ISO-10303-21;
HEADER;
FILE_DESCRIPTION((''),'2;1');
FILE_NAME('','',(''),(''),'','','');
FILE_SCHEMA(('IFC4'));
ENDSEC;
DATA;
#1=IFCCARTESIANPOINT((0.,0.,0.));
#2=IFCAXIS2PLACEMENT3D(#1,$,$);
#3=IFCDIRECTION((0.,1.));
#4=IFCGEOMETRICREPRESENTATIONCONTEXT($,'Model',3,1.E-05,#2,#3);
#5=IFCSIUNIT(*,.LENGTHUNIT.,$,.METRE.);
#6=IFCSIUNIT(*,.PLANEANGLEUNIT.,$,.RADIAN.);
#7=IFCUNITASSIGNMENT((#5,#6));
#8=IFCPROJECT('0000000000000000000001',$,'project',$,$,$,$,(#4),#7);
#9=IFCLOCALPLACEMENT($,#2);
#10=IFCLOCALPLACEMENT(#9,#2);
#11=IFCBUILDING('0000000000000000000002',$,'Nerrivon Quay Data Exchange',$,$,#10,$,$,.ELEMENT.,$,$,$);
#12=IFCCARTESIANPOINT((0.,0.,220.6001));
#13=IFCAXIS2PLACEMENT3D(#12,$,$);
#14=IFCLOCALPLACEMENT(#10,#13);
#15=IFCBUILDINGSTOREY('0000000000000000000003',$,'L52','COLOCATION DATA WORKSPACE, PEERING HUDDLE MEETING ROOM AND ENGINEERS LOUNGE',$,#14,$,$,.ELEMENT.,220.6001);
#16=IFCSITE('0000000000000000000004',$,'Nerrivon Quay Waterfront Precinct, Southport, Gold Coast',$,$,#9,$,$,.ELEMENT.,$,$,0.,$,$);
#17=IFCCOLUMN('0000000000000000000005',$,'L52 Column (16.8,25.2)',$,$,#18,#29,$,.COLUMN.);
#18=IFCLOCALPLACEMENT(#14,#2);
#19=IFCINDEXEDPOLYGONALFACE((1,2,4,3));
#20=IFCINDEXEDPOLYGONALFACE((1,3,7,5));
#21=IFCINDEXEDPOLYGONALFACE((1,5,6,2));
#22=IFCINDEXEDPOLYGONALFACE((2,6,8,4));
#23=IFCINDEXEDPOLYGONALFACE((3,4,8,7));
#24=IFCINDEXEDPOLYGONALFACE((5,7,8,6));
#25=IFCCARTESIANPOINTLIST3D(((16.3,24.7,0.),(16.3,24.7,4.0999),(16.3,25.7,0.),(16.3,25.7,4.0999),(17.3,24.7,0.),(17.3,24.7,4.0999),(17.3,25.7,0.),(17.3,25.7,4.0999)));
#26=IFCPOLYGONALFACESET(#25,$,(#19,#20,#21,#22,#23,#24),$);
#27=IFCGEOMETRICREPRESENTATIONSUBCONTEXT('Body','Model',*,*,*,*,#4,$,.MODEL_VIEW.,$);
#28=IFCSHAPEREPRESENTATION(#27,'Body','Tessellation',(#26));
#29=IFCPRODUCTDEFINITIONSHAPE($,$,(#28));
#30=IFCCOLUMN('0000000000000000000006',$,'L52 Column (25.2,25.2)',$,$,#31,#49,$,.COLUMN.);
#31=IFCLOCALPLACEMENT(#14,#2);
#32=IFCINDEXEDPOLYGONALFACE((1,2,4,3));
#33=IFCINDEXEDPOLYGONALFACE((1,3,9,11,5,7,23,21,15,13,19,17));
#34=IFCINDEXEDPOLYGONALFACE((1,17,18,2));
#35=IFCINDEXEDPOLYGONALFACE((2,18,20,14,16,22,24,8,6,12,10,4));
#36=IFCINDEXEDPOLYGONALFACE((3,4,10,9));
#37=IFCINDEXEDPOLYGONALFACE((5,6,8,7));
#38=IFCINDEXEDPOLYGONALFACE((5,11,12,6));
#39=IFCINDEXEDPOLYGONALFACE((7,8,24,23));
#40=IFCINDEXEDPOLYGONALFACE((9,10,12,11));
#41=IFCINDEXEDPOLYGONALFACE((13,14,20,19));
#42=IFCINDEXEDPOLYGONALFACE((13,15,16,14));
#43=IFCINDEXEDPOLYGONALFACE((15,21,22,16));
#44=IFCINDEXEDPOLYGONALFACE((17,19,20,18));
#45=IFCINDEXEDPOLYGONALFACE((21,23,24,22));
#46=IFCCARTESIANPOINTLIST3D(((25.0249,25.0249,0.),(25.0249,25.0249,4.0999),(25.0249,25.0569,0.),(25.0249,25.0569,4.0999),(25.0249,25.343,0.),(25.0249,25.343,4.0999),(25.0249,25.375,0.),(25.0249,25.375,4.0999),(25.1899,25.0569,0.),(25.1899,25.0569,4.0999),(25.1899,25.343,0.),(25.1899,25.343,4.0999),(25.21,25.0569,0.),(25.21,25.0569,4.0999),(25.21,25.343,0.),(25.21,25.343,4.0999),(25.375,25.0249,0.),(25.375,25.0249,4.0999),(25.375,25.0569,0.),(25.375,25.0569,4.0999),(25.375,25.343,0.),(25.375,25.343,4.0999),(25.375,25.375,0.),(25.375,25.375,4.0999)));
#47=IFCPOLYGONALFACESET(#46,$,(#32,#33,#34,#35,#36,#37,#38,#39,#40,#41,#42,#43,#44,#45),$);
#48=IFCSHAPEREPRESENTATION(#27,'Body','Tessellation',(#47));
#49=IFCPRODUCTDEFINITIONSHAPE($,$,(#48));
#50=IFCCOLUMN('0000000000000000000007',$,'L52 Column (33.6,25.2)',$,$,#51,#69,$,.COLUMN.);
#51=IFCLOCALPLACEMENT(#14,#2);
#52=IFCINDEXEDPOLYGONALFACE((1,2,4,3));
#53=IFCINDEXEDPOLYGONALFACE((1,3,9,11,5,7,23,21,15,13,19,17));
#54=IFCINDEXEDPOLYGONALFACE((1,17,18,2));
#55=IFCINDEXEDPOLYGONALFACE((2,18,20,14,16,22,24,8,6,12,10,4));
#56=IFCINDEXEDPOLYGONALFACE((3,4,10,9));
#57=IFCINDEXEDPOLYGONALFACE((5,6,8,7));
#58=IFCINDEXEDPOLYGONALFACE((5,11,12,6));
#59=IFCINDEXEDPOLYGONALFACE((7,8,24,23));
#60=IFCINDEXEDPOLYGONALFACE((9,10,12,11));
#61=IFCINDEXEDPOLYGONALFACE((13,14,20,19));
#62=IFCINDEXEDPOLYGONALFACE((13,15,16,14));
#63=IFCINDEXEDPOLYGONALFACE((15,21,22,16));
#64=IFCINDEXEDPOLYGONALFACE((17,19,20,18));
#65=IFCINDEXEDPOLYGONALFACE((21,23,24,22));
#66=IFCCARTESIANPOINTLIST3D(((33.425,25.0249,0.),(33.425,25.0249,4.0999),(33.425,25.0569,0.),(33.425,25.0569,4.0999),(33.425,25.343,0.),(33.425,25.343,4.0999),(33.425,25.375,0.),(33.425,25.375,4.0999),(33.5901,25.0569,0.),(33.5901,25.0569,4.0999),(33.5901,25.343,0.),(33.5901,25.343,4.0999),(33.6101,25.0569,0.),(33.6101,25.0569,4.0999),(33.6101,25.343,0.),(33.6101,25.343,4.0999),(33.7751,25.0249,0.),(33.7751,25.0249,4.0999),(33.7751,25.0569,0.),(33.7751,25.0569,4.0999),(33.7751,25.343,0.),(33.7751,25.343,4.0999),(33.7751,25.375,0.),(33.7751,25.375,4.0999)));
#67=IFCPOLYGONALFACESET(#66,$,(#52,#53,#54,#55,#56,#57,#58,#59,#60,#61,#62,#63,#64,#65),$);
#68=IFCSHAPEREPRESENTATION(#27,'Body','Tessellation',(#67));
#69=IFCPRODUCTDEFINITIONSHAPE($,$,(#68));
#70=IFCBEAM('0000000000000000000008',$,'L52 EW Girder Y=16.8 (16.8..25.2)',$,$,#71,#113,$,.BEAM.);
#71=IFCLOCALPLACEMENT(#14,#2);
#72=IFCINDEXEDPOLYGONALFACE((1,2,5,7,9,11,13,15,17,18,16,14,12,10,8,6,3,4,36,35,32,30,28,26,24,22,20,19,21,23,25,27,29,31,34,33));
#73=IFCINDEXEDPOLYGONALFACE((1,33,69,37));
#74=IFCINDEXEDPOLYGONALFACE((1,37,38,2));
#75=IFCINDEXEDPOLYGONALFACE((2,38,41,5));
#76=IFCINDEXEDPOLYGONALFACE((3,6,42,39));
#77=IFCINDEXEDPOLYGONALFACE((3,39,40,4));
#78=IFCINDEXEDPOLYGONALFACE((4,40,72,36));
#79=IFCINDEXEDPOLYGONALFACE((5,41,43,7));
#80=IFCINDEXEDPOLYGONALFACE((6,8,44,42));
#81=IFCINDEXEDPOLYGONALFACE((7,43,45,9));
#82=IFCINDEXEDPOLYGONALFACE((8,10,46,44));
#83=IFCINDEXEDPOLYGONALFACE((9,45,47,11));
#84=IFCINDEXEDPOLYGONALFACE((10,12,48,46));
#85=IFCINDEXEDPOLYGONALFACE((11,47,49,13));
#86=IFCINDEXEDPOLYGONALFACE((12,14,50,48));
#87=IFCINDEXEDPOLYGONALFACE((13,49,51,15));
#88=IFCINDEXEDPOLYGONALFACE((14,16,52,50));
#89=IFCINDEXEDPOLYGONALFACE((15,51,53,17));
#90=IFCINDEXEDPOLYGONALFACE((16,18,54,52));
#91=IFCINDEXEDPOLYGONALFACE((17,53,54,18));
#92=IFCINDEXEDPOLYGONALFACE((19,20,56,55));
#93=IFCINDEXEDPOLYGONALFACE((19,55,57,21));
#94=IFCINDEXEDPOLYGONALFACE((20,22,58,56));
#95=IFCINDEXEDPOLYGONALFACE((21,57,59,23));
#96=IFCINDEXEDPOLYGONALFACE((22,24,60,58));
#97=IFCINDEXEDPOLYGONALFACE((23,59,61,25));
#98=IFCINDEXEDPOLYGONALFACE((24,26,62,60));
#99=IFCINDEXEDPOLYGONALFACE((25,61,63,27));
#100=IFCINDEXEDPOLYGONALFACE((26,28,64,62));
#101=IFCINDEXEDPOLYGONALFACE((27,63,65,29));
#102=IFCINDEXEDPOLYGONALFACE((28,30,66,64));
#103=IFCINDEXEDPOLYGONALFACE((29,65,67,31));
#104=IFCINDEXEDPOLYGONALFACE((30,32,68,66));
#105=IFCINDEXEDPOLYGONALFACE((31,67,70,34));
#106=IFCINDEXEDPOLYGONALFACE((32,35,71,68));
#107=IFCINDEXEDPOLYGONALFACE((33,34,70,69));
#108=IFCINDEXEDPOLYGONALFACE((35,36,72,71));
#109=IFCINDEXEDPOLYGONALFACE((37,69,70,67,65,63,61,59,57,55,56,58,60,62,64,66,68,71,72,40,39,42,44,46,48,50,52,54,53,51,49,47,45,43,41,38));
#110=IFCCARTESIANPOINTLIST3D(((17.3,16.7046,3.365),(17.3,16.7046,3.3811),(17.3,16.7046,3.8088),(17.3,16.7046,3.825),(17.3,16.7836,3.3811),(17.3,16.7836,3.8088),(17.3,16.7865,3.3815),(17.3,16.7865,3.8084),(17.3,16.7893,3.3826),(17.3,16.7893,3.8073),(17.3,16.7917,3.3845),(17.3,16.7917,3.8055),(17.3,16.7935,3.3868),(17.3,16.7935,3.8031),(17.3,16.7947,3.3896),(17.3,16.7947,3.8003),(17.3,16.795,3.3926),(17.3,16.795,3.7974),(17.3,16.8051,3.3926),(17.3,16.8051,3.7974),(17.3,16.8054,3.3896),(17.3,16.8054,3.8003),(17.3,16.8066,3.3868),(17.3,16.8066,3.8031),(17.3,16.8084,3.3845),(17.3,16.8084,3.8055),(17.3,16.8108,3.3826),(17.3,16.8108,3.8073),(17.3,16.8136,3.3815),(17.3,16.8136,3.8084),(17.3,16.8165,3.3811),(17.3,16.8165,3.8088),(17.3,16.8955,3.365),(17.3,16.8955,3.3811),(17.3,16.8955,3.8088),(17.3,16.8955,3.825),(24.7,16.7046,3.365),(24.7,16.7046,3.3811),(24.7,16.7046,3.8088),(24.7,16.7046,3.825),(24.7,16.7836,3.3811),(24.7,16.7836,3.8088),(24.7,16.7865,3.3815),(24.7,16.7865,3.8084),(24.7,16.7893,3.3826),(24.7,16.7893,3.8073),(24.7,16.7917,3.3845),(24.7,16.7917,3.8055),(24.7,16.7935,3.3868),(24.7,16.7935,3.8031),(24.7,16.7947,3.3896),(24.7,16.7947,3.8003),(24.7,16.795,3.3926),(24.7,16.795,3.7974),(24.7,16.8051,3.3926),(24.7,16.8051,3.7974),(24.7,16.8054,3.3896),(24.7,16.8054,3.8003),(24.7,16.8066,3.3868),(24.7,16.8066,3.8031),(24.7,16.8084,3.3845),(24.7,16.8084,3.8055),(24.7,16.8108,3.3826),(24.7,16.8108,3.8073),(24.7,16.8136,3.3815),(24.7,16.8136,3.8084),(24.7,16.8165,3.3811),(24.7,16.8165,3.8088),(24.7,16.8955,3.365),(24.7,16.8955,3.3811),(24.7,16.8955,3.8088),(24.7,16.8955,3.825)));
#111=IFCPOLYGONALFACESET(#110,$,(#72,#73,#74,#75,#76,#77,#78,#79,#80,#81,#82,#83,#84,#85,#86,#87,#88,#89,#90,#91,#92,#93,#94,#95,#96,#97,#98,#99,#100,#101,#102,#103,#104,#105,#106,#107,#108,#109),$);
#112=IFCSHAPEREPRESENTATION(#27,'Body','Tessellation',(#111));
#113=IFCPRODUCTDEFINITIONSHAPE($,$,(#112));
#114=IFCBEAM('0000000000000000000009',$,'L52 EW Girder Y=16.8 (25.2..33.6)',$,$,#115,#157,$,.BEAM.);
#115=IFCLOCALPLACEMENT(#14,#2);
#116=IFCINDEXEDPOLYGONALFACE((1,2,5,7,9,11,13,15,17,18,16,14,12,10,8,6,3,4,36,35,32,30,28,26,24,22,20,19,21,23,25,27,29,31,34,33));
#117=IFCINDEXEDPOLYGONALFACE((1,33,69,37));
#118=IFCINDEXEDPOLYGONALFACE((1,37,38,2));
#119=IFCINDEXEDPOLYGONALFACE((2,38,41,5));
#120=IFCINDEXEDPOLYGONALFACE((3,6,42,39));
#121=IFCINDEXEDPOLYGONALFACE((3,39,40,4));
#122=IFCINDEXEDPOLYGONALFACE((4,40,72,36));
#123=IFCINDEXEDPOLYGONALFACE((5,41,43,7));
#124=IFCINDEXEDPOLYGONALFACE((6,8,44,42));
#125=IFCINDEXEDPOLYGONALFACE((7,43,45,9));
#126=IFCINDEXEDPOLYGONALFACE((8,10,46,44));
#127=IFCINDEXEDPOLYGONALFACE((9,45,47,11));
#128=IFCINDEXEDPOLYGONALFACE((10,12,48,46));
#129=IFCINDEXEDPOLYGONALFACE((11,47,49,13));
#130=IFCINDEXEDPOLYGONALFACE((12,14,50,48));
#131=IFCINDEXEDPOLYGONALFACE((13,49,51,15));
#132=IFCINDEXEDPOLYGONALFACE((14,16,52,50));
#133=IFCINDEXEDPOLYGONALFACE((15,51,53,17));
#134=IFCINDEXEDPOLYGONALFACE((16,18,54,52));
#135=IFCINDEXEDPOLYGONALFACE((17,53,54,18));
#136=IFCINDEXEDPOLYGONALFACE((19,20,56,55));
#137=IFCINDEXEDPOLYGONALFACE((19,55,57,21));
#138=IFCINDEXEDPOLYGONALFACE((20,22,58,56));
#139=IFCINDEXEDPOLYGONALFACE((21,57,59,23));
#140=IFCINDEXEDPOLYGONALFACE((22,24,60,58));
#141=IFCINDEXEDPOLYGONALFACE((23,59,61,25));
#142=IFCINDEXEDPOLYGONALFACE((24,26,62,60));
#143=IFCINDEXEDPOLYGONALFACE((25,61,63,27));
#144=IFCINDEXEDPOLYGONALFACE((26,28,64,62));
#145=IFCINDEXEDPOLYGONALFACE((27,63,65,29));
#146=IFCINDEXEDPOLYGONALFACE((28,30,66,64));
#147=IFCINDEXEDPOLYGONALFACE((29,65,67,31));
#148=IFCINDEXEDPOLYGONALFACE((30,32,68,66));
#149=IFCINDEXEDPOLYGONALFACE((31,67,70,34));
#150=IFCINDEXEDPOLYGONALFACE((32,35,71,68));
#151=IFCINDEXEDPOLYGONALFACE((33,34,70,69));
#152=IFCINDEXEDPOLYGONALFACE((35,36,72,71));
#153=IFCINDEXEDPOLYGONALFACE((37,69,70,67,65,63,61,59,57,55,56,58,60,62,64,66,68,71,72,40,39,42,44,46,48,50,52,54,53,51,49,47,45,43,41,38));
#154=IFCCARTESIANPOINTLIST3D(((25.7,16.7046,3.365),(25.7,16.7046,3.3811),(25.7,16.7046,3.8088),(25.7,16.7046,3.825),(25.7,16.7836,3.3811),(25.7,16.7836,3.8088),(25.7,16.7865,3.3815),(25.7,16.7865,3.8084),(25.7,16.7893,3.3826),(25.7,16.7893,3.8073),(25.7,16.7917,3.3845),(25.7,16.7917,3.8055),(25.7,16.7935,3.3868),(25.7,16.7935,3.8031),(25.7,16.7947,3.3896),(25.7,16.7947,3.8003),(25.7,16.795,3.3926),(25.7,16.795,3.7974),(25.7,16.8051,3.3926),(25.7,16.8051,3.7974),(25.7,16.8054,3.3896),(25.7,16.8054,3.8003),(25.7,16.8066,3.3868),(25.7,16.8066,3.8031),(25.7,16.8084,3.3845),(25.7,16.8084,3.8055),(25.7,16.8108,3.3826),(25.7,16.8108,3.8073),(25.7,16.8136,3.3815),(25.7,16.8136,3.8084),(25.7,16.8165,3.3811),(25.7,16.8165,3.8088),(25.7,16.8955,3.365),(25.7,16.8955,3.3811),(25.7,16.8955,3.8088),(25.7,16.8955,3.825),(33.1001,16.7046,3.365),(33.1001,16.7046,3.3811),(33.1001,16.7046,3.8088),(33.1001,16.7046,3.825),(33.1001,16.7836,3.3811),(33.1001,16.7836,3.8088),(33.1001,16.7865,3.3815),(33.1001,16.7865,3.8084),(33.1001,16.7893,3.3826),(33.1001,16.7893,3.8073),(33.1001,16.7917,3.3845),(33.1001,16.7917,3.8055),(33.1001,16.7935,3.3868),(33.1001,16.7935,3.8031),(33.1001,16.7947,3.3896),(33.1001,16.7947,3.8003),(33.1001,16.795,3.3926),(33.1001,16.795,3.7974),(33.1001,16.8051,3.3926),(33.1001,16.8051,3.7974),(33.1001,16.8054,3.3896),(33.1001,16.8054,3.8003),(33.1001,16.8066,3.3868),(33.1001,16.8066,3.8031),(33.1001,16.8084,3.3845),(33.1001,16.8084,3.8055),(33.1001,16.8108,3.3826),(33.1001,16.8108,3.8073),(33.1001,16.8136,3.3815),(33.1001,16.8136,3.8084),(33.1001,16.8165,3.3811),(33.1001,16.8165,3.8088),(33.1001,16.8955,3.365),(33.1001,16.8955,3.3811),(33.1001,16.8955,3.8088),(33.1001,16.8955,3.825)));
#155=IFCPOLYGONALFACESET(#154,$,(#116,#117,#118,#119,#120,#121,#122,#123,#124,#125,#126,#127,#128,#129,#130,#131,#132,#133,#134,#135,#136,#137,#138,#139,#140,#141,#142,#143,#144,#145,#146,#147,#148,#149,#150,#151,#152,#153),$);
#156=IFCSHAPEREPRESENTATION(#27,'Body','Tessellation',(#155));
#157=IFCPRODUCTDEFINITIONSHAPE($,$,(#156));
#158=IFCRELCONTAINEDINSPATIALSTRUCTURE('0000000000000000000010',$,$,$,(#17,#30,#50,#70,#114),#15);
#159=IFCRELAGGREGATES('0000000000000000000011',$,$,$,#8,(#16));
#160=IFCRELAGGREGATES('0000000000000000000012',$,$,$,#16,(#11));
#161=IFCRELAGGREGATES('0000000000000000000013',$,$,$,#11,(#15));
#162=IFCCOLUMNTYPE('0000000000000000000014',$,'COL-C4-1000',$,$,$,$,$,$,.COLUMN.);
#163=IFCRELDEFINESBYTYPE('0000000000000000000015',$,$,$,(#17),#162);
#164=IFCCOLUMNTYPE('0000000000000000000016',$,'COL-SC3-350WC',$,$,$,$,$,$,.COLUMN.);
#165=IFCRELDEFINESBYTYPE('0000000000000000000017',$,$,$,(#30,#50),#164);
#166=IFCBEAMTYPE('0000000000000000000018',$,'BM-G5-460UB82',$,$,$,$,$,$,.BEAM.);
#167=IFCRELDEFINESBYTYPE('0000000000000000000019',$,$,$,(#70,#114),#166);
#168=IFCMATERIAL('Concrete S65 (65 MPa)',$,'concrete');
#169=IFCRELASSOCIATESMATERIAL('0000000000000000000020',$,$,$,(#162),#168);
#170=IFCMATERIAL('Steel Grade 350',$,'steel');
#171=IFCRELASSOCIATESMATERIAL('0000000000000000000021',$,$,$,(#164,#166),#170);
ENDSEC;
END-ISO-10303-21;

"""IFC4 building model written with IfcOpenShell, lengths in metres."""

from ifc_helpers import new_model, si_unit, direction, frame, origin, origin_2d, place, context, subcontext, project, spatial, rectangle, i_section, extrude, material, material_profile, profile_set, type_object, element, save


model = new_model("IFC4")

# Units and contexts
model_context = context("Model", 3, precision=1e-05, world=origin(), true_north=direction((0.0, 1.0)))
body_context = subcontext(model_context, "Body", "Model", "MODEL_VIEW")
ifc_project = project(units=[si_unit("LENGTHUNIT", "METRE"), si_unit("PLANEANGLEUNIT", "RADIAN")], contexts=[model_context])

# Site, building, storey
site_placement = place(None, origin())
site = spatial("IfcSite", under=ifc_project, at=site_placement, Name="Nerrivon Quay Waterfront Precinct, Southport, Gold Coast", CompositionType="ELEMENT", RefElevation=0.0)
building_placement = place(site_placement, origin())
building = spatial("IfcBuilding", under=site, at=building_placement, Name="Nerrivon Quay Data Exchange", CompositionType="ELEMENT")
storey_placement = place(building_placement, frame((0.0, 0.0, 220.6001)))
storey = spatial("IfcBuildingStorey", under=building, at=storey_placement, Name="L52", Description="COLOCATION DATA WORKSPACE, PEERING HUDDLE MEETING ROOM AND ENGINEERS LOUNGE", CompositionType="ELEMENT", Elevation=220.6001)

# Columns
ifc_material_1 = material(Name="Concrete S65 (65 MPa)", Category="concrete")
ifc_material_profile_1 = material_profile(ifc_material_1, rectangle(XDim=1.0, YDim=1.0, at=origin_2d()), Name="RC-COL-1000x1000")
ifc_profile_set_1 = profile_set([ifc_material_profile_1], Name="Concrete S65 (65 MPa)")
column_type_1 = type_object("IfcColumnType", Name="COL-C4-1000", PredefinedType="COLUMN", material=ifc_profile_set_1)
column_placement = place(storey_placement, frame((16.8, 25.2, 0.0), z_axis=(0.0, 0.0, 1.0), x_axis=(1.0, 0.0, 0.0)))
element("IfcColumn", 1, at=column_placement, inside=storey, type_object=column_type_1, Name="L52 Column (16.8,25.2)", PredefinedType="COLUMN", context=body_context, shape_type="SweptSolid", body=[
    extrude(rectangle(XDim=1.0, YDim=1.0, at=origin_2d()), origin(), (0.0, 0.0, 1.0), 4.0999),
])
ifc_material_2 = material(Name="Steel Grade 350", Category="steel")
ifc_material_profile_2 = material_profile(ifc_material_2, i_section(OverallWidth=0.3501, OverallDepth=0.3501, WebThickness=0.02, FlangeThickness=0.032, at=origin_2d()), Name="350WC230")
ifc_profile_set_2 = profile_set([ifc_material_profile_2], Name="Steel Grade 350")
column_type_2 = type_object("IfcColumnType", Name="COL-SC3-350WC", PredefinedType="COLUMN", material=ifc_profile_set_2)
for number, where, z_axis, x_axis, name in (
    (2, (25.2, 25.2, 0.0), (0.0, 0.0, 1.0), (1.0, 0.0, 0.0), "L52 Column (25.2,25.2)"),
    (3, (33.6001, 25.2, 0.0), (0.0, 0.0, 1.0), (1.0, 0.0, 0.0), "L52 Column (33.6,25.2)"),
):
    element("IfcColumn", number, at=place(storey_placement, frame(where, z_axis=z_axis, x_axis=x_axis)), inside=storey, type_object=column_type_2, Name=name, PredefinedType="COLUMN", context=body_context, shape_type="SweptSolid", body=[
        extrude(i_section(OverallWidth=0.3501, OverallDepth=0.3501, WebThickness=0.02, FlangeThickness=0.032, at=origin_2d()), origin(), (0.0, 0.0, 1.0), 4.0999),
    ])

# Beams
ifc_material_profile_3 = material_profile(ifc_material_2, i_section(OverallWidth=0.1909, OverallDepth=0.46, WebThickness=0.01, FlangeThickness=0.0161, FilletRadius=0.0115, at=origin_2d()), Name="460UB82.1")
ifc_profile_set_3 = profile_set([ifc_material_profile_3], Name="Steel Grade 350")
beam_type_1 = type_object("IfcBeamType", Name="BM-G5-460UB82", PredefinedType="BEAM", material=ifc_profile_set_3)
beam_1_placement = place(storey_placement, frame((17.3, 16.8, 3.595), z_axis=(1.0, 0.0, 0.0), x_axis=(0.0, 1.0, 0.0)))
element("IfcBeam", 4, at=beam_1_placement, inside=storey, type_object=beam_type_1, Name="L52 EW Girder Y=16.8 (16.8..25.2)", PredefinedType="BEAM", context=body_context, shape_type="SweptSolid", body=[
    extrude(i_section(OverallWidth=0.1909, OverallDepth=0.46, WebThickness=0.01, FlangeThickness=0.0161, FilletRadius=0.0115, at=origin_2d()), origin(), (0.0, 0.0, 1.0), 7.3999),
])
beam_2_placement = place(storey_placement, frame((25.7, 16.8, 3.595), z_axis=(1.0, 0.0, 0.0), x_axis=(0.0, 1.0, 0.0)))
element("IfcBeam", 5, at=beam_2_placement, inside=storey, type_object=beam_type_1, Name="L52 EW Girder Y=16.8 (25.2..33.6)", PredefinedType="BEAM", context=body_context, shape_type="SweptSolid", body=[
    extrude(i_section(OverallWidth=0.1909, OverallDepth=0.46, WebThickness=0.01, FlangeThickness=0.0161, FilletRadius=0.0115, at=origin_2d()), origin(), (0.0, 0.0, 1.0), 7.4001),
])

save(model, "model.ifc")
